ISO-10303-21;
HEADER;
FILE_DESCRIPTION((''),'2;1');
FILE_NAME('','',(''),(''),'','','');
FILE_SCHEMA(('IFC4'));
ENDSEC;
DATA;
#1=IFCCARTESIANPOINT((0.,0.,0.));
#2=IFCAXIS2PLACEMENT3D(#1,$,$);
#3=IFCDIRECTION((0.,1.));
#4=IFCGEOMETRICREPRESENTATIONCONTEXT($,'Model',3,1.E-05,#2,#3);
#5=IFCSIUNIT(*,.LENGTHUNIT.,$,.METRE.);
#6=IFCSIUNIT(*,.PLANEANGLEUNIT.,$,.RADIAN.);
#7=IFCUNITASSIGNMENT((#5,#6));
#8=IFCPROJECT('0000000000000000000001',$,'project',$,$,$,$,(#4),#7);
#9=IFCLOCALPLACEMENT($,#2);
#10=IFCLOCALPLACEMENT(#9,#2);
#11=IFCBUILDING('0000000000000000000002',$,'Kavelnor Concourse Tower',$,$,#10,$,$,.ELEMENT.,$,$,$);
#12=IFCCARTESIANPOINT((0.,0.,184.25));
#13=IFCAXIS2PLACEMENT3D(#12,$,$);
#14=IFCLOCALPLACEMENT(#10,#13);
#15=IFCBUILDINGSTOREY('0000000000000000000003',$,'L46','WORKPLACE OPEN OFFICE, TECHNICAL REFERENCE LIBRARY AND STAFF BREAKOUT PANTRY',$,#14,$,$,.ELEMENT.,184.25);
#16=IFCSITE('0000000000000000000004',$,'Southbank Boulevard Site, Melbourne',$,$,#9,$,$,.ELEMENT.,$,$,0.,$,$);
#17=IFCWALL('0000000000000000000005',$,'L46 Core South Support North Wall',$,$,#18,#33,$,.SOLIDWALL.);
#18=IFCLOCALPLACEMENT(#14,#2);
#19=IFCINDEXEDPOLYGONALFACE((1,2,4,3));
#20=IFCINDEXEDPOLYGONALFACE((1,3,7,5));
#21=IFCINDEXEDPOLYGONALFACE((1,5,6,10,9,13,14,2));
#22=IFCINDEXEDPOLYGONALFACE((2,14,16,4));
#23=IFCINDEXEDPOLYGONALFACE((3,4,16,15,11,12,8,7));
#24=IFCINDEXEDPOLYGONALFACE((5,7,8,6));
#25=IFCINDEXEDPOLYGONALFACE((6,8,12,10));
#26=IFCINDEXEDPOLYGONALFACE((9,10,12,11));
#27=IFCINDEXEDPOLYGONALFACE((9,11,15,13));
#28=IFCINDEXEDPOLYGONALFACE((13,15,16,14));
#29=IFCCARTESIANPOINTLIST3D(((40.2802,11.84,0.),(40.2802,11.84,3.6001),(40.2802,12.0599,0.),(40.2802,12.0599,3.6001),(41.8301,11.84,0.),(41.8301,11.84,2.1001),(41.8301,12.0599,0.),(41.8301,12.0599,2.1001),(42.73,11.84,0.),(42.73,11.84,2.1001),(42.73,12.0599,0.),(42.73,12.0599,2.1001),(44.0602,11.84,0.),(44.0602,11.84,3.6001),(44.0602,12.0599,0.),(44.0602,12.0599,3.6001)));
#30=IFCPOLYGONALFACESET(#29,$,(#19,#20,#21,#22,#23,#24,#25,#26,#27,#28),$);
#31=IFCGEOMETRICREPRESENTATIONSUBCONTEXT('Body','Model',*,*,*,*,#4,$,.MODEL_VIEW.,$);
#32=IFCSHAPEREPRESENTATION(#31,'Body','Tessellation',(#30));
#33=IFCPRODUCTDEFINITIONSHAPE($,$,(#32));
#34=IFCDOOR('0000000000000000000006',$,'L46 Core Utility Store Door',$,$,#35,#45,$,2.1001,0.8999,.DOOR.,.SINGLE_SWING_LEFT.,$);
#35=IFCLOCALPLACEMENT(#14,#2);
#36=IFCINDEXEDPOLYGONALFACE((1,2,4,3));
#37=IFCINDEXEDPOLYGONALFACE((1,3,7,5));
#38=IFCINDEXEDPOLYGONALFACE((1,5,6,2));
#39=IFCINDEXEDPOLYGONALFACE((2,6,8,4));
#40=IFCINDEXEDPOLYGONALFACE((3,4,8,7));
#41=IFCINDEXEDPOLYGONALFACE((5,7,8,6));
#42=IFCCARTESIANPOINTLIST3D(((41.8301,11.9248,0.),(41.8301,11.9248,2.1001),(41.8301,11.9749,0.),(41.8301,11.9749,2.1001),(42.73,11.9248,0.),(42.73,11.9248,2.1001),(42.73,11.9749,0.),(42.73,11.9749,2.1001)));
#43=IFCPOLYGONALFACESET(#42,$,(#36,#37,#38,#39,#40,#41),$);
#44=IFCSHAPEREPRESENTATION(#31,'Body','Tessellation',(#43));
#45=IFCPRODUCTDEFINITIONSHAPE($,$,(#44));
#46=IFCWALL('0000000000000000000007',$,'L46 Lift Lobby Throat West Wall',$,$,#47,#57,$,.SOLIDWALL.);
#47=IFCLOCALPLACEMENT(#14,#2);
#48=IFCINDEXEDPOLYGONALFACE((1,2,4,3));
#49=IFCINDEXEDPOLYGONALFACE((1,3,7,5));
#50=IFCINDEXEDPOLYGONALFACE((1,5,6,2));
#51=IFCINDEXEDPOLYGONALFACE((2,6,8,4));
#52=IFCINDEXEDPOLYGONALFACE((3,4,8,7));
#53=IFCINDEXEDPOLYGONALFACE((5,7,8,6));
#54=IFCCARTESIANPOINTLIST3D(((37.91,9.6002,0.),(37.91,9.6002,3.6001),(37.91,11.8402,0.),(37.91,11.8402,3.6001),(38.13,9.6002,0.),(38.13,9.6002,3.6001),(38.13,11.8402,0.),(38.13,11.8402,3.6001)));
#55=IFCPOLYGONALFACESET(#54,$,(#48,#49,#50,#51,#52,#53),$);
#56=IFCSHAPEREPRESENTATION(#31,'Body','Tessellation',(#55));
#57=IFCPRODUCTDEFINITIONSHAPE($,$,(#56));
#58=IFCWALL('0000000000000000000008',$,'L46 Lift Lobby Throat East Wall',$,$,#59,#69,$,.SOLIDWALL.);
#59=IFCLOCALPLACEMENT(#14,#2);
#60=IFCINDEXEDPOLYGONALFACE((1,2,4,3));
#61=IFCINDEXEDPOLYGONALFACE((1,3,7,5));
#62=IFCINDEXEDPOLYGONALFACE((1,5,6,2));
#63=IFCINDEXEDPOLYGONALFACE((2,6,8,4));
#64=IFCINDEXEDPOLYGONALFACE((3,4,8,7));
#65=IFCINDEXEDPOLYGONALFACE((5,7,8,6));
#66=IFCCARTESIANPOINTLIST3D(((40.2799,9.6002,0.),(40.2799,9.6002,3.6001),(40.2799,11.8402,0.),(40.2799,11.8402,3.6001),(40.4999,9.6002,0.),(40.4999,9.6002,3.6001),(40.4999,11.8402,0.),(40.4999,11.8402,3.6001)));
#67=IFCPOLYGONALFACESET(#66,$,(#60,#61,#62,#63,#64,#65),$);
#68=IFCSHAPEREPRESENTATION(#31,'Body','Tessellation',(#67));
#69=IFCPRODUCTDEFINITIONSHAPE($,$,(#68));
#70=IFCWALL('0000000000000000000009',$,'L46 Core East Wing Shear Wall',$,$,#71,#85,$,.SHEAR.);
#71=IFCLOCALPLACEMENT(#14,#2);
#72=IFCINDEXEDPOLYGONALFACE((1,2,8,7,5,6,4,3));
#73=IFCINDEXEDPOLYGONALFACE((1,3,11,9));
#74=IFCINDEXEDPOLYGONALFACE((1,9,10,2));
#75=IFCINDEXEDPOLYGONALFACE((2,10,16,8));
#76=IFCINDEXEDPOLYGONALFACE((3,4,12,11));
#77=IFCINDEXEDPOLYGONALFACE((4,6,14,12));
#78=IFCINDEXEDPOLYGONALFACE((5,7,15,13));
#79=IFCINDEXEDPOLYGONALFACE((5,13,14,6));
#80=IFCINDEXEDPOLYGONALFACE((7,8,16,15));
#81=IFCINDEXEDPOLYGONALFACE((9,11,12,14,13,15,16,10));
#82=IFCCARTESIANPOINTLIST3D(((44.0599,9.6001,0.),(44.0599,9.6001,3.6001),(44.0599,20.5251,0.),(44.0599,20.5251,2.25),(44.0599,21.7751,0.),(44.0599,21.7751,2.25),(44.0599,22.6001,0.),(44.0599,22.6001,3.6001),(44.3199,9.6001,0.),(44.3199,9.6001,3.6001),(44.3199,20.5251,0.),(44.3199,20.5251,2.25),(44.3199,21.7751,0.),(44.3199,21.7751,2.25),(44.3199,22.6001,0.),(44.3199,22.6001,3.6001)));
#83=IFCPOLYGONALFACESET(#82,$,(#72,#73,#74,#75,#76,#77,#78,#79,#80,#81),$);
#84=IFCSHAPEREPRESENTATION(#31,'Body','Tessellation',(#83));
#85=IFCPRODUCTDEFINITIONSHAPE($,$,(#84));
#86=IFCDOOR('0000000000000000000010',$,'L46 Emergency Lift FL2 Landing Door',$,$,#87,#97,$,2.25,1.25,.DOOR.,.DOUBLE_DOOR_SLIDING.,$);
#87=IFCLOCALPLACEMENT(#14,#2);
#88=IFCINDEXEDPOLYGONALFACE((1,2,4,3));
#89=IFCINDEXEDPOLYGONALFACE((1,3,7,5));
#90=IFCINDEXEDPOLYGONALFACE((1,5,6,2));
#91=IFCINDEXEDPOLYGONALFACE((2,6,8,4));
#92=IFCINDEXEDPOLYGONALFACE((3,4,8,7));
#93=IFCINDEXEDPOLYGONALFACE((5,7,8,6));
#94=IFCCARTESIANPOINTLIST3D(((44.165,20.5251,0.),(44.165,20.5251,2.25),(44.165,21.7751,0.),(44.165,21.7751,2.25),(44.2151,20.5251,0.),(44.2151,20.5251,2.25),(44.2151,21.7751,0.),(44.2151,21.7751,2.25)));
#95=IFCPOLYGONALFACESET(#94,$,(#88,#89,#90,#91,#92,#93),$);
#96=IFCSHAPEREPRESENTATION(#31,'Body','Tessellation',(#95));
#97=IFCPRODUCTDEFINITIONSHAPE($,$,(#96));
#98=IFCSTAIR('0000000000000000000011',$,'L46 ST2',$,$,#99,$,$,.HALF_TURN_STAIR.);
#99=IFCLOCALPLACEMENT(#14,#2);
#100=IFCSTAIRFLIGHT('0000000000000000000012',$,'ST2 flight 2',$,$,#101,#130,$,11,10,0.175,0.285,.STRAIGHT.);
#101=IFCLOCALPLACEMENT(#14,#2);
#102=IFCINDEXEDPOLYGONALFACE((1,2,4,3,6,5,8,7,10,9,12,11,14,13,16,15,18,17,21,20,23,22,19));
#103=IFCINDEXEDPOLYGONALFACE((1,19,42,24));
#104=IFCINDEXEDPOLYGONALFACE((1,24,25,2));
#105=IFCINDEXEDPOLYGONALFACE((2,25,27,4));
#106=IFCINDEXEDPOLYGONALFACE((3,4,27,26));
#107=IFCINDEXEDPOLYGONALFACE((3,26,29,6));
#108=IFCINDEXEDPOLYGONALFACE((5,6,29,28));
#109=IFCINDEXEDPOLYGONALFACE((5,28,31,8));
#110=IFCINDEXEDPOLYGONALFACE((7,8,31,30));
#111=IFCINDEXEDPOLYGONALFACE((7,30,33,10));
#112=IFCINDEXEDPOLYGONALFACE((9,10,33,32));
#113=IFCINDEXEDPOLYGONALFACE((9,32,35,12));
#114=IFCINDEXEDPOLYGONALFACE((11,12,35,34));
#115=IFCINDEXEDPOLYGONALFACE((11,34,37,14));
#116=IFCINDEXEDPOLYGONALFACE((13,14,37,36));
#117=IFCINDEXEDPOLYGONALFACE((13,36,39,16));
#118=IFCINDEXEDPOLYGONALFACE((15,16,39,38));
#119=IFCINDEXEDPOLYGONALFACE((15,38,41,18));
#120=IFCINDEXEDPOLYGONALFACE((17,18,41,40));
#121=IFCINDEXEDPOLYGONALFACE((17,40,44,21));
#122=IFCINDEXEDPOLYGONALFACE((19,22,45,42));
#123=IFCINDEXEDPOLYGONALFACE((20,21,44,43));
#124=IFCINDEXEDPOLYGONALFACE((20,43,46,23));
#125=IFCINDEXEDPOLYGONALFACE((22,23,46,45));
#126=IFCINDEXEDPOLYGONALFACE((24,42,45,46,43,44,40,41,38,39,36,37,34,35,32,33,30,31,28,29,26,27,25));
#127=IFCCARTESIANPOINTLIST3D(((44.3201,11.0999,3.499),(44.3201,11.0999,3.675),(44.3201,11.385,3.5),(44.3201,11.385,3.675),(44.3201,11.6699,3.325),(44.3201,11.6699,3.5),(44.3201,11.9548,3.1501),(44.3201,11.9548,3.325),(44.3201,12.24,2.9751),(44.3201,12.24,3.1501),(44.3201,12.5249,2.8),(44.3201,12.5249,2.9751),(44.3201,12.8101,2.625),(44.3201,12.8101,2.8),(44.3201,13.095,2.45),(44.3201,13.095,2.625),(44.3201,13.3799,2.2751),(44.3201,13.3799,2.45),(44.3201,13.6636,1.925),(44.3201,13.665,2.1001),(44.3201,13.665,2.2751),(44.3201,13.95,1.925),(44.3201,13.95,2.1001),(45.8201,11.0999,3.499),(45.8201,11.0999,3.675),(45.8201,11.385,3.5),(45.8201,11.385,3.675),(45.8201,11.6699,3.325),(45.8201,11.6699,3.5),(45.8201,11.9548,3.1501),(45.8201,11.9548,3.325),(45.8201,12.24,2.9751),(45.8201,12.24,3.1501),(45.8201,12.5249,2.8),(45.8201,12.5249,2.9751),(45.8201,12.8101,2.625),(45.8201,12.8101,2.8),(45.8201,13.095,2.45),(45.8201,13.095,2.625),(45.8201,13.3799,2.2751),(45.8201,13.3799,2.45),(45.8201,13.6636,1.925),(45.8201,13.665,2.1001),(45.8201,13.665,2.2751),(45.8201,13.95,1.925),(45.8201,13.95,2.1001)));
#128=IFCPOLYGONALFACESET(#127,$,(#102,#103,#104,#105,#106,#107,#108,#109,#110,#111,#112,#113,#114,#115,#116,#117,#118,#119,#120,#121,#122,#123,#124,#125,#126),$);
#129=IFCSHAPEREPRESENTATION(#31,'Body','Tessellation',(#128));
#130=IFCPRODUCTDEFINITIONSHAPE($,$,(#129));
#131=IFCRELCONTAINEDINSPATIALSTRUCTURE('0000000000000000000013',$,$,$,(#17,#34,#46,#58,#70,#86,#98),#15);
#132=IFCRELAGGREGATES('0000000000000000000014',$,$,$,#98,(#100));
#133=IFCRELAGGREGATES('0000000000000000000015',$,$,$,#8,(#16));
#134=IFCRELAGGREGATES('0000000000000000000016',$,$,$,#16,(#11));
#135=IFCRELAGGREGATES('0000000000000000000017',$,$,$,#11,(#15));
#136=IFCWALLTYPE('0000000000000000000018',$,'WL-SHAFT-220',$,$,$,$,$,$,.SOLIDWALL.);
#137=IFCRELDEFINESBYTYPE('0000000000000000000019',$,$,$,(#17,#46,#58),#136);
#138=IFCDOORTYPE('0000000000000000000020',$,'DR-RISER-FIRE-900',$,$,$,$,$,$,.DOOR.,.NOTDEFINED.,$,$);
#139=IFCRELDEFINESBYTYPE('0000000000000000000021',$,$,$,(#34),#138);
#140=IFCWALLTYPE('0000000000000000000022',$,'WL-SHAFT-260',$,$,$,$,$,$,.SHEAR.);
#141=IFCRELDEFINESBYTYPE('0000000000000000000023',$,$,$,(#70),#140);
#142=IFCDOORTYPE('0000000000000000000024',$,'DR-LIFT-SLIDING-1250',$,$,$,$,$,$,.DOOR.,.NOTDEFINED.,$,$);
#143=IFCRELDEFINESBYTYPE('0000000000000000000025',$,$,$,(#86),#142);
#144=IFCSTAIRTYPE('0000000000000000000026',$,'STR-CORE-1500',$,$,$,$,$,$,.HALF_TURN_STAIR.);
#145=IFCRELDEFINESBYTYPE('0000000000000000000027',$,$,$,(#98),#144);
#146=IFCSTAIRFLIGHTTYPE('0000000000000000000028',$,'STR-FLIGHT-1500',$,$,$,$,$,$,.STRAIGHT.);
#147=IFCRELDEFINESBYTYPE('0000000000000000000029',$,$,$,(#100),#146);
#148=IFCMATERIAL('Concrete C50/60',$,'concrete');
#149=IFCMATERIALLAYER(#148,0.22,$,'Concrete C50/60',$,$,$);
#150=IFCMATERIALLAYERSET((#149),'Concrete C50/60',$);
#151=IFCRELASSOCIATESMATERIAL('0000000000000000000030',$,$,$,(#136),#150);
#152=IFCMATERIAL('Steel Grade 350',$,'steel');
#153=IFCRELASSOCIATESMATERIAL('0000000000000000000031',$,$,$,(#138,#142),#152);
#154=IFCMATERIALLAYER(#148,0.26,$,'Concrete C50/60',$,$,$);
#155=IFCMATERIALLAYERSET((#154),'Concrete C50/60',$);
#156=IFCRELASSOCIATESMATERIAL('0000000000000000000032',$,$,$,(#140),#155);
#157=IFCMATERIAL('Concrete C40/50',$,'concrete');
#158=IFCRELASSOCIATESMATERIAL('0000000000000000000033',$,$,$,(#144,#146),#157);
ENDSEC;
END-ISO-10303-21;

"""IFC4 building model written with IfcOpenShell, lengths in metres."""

from ifc_helpers import new_model, si_unit, direction, frame, frame_2d, origin, place, context, subcontext, project, spatial, polyline, rectangle, outline, extrude, material, layer, layer_set, type_object, element, fill, aggregate, save


model = new_model("IFC4")

# Units and contexts
model_context = context("Model", 3, precision=1e-05, world=origin(), true_north=direction((0.0, 1.0)))
body_context = subcontext(model_context, "Body", "Model", "MODEL_VIEW")
ifc_project = project(units=[si_unit("LENGTHUNIT", "METRE"), si_unit("PLANEANGLEUNIT", "RADIAN")], contexts=[model_context])

# Site, building, storey
site_placement = place(None, origin())
site = spatial("IfcSite", under=ifc_project, at=site_placement, Name="Southbank Boulevard Site, Melbourne", CompositionType="ELEMENT", RefElevation=0.0)
building_placement = place(site_placement, origin())
building = spatial("IfcBuilding", under=site, at=building_placement, Name="Kavelnor Concourse Tower", CompositionType="ELEMENT")
storey_placement = place(building_placement, frame((0.0, 0.0, 184.25)))
storey = spatial("IfcBuildingStorey", under=building, at=storey_placement, Name="L46", Description="WORKPLACE OPEN OFFICE, TECHNICAL REFERENCE LIBRARY AND STAFF BREAKOUT PANTRY", CompositionType="ELEMENT", Elevation=184.25)

# Shared definitions
ifc_material_1 = material(Name="Steel Grade 350", Category="steel")

# Shared definitions
ifc_material_2 = material(Name="Concrete C50/60", Category="concrete")
ifc_layer_1 = layer(ifc_material_2, 0.22, Name="Concrete C50/60")
ifc_layer_set_1 = layer_set([ifc_layer_1], Name="Concrete C50/60")
wall_type_1 = type_object("IfcWallType", Name="WL-SHAFT-220", PredefinedType="SOLIDWALL", material=ifc_layer_set_1)

# Wall, opening, door
wall_1_placement = place(storey_placement, frame((40.28, 11.95, 0.0), z_axis=(0.0, 0.0, 1.0), x_axis=(1.0, 0.0, 0.0)))
wall_1 = element("IfcWall", 1, at=wall_1_placement, inside=storey, type_object=wall_type_1, Name="L46 Core South Support North Wall", PredefinedType="SOLIDWALL", context=body_context, shape_type="SweptSolid", body=[
    extrude(rectangle(XDim=3.78, YDim=0.22, at=frame_2d((1.8901, 0.0))), origin(), (0.0, 0.0, 1.0), 3.6001),
])
opening_1_placement = place(wall_1_placement, frame((1.55, 0.0, 0.0)))
opening_1 = element("IfcOpeningElement", 2, at=opening_1_placement, cuts=wall_1, PredefinedType="OPENING", context=body_context, shape_type="SweptSolid", body=[
    extrude(rectangle(XDim=0.8999, YDim=2.1001, at=frame_2d((0.45, 1.05))), frame((0.0, 0.1201, 0.0), z_axis=(0.0, -1.0, 0.0), x_axis=(1.0, 0.0, 0.0)), (0.0, 0.0, 1.0), 0.24),
])
door_type_1 = type_object("IfcDoorType", Name="DR-RISER-FIRE-900", OperationType="NOTDEFINED", PredefinedType="DOOR", material=ifc_material_1)
door_1_placement = place(opening_1_placement, origin())
door_1 = element("IfcDoor", 3, at=door_1_placement, inside=storey, type_object=door_type_1, Name="L46 Core Utility Store Door", OperationType="SINGLE_SWING_LEFT", OverallHeight=2.1001, OverallWidth=0.8999, PredefinedType="DOOR", context=body_context, shape_type="SweptSolid", body=[
    extrude(rectangle(XDim=0.8999, YDim=2.1001, at=frame_2d((0.45, 1.05))), frame((0.0, 0.0249, 0.0), z_axis=(0.0, -1.0, 0.0), x_axis=(1.0, 0.0, 0.0)), (0.0, 0.0, 1.0), 0.05),
])
fill(opening_1, door_1)

# Walls
for number, where, z_axis, x_axis, name in (
    (4, (38.02, 9.6001, 0.0), (0.0, 0.0, 1.0), (0.0, 1.0, 0.0), "L46 Lift Lobby Throat West Wall"),
    (5, (40.3899, 9.6001, 0.0), (0.0, 0.0, 1.0), (0.0, 1.0, 0.0), "L46 Lift Lobby Throat East Wall"),
):
    element("IfcWall", number, at=place(storey_placement, frame(where, z_axis=z_axis, x_axis=x_axis)), inside=storey, type_object=wall_type_1, Name=name, PredefinedType="SOLIDWALL", context=body_context, shape_type="SweptSolid", body=[
        extrude(rectangle(XDim=2.24, YDim=0.22, at=frame_2d((1.1201, 0.0))), origin(), (0.0, 0.0, 1.0), 3.6001),
    ])

# Wall, opening, door
ifc_layer_2 = layer(ifc_material_2, 0.26, Name="Concrete C50/60")
ifc_layer_set_2 = layer_set([ifc_layer_2], Name="Concrete C50/60")
wall_type_2 = type_object("IfcWallType", Name="WL-SHAFT-260", PredefinedType="SHEAR", material=ifc_layer_set_2)
wall_2_placement = place(storey_placement, frame((44.1899, 9.6001, 0.0), z_axis=(0.0, 0.0, 1.0), x_axis=(0.0, 1.0, 0.0)))
wall_2 = element("IfcWall", 6, at=wall_2_placement, inside=storey, type_object=wall_type_2, Name="L46 Core East Wing Shear Wall", PredefinedType="SHEAR", context=body_context, shape_type="SweptSolid", body=[
    extrude(rectangle(XDim=13.0, YDim=0.26, at=frame_2d((6.5, 0.0))), origin(), (0.0, 0.0, 1.0), 3.6001),
])
opening_2_placement = place(wall_2_placement, frame((10.925, 0.0, 0.0)))
opening_2 = element("IfcOpeningElement", 7, at=opening_2_placement, cuts=wall_2, PredefinedType="OPENING", context=body_context, shape_type="SweptSolid", body=[
    extrude(rectangle(XDim=1.25, YDim=2.25, at=frame_2d((0.625, 1.125))), frame((0.0, 0.1401, 0.0), z_axis=(0.0, -1.0, 0.0), x_axis=(1.0, 0.0, 0.0)), (0.0, 0.0, 1.0), 0.28),
])
door_type_2 = type_object("IfcDoorType", Name="DR-LIFT-SLIDING-1250", OperationType="NOTDEFINED", PredefinedType="DOOR", material=ifc_material_1)
door_2_placement = place(opening_2_placement, origin())
door_2 = element("IfcDoor", 8, at=door_2_placement, inside=storey, type_object=door_type_2, Name="L46 Emergency Lift FL2 Landing Door", OperationType="DOUBLE_DOOR_SLIDING", OverallHeight=2.25, OverallWidth=1.25, PredefinedType="DOOR", context=body_context, shape_type="SweptSolid", body=[
    extrude(rectangle(XDim=1.25, YDim=2.25, at=frame_2d((0.625, 1.125))), frame((0.0, 0.0249, 0.0), z_axis=(0.0, -1.0, 0.0), x_axis=(1.0, 0.0, 0.0)), (0.0, 0.0, 1.0), 0.05),
])
fill(opening_2, door_2)

# Stair, stair flight
ifc_material_3 = material(Name="Concrete C40/50", Category="concrete")
stair_type = type_object("IfcStairType", Name="STR-CORE-1500", PredefinedType="HALF_TURN_STAIR", material=ifc_material_3)
stair_placement = place(storey_placement, origin())
stair = element("IfcStair", 9, at=stair_placement, inside=storey, type_object=stair_type, Name="L46 ST2", PredefinedType="HALF_TURN_STAIR")
stair_flight_type = type_object("IfcStairFlightType", Name="STR-FLIGHT-1500", PredefinedType="STRAIGHT", material=ifc_material_3)
stair_flight_placement = place(storey_placement, frame((45.0701, 13.95, 1.925), z_axis=(0.0, 0.0, 1.0), x_axis=(0.0, -1.0, 0.0)))
stair_flight = element("IfcStairFlight", 10, at=stair_flight_placement, type_object=stair_flight_type, Name="ST2 flight 2", NumberOfRisers=11, NumberOfTreads=10, PredefinedType="STRAIGHT", RiserHeight=0.175, TreadLength=0.285, context=body_context, shape_type="SweptSolid", body=[
    extrude(outline(polyline([(0.0, 0.0), (0.0, 0.175), (0.2849, 0.175), (0.2849, 0.3501), (0.5701, 0.3501), (0.5701, 0.5249), (0.855, 0.5249), (0.855, 0.7), (1.1399, 0.7), (1.1399, 0.875), (1.425, 0.875), (1.425, 1.05), (1.71, 1.05), (1.71, 1.2251), (1.9951, 1.2251), (1.9951, 1.3999), (2.28, 1.3999), (2.28, 1.575), (2.5649, 1.575), (2.5649, 1.75), (2.8501, 1.75), (2.8501, 1.925), (2.8501, 1.574), (0.2864, 0.0), (0.0, 0.0)])), frame((0.0, 0.75, 0.0), z_axis=(0.0, -1.0, 0.0), x_axis=(1.0, 0.0, 0.0)), (0.0, 0.0, 1.0), 1.5),
])
aggregate(stair, [stair_flight])

save(model, "model.ifc")
